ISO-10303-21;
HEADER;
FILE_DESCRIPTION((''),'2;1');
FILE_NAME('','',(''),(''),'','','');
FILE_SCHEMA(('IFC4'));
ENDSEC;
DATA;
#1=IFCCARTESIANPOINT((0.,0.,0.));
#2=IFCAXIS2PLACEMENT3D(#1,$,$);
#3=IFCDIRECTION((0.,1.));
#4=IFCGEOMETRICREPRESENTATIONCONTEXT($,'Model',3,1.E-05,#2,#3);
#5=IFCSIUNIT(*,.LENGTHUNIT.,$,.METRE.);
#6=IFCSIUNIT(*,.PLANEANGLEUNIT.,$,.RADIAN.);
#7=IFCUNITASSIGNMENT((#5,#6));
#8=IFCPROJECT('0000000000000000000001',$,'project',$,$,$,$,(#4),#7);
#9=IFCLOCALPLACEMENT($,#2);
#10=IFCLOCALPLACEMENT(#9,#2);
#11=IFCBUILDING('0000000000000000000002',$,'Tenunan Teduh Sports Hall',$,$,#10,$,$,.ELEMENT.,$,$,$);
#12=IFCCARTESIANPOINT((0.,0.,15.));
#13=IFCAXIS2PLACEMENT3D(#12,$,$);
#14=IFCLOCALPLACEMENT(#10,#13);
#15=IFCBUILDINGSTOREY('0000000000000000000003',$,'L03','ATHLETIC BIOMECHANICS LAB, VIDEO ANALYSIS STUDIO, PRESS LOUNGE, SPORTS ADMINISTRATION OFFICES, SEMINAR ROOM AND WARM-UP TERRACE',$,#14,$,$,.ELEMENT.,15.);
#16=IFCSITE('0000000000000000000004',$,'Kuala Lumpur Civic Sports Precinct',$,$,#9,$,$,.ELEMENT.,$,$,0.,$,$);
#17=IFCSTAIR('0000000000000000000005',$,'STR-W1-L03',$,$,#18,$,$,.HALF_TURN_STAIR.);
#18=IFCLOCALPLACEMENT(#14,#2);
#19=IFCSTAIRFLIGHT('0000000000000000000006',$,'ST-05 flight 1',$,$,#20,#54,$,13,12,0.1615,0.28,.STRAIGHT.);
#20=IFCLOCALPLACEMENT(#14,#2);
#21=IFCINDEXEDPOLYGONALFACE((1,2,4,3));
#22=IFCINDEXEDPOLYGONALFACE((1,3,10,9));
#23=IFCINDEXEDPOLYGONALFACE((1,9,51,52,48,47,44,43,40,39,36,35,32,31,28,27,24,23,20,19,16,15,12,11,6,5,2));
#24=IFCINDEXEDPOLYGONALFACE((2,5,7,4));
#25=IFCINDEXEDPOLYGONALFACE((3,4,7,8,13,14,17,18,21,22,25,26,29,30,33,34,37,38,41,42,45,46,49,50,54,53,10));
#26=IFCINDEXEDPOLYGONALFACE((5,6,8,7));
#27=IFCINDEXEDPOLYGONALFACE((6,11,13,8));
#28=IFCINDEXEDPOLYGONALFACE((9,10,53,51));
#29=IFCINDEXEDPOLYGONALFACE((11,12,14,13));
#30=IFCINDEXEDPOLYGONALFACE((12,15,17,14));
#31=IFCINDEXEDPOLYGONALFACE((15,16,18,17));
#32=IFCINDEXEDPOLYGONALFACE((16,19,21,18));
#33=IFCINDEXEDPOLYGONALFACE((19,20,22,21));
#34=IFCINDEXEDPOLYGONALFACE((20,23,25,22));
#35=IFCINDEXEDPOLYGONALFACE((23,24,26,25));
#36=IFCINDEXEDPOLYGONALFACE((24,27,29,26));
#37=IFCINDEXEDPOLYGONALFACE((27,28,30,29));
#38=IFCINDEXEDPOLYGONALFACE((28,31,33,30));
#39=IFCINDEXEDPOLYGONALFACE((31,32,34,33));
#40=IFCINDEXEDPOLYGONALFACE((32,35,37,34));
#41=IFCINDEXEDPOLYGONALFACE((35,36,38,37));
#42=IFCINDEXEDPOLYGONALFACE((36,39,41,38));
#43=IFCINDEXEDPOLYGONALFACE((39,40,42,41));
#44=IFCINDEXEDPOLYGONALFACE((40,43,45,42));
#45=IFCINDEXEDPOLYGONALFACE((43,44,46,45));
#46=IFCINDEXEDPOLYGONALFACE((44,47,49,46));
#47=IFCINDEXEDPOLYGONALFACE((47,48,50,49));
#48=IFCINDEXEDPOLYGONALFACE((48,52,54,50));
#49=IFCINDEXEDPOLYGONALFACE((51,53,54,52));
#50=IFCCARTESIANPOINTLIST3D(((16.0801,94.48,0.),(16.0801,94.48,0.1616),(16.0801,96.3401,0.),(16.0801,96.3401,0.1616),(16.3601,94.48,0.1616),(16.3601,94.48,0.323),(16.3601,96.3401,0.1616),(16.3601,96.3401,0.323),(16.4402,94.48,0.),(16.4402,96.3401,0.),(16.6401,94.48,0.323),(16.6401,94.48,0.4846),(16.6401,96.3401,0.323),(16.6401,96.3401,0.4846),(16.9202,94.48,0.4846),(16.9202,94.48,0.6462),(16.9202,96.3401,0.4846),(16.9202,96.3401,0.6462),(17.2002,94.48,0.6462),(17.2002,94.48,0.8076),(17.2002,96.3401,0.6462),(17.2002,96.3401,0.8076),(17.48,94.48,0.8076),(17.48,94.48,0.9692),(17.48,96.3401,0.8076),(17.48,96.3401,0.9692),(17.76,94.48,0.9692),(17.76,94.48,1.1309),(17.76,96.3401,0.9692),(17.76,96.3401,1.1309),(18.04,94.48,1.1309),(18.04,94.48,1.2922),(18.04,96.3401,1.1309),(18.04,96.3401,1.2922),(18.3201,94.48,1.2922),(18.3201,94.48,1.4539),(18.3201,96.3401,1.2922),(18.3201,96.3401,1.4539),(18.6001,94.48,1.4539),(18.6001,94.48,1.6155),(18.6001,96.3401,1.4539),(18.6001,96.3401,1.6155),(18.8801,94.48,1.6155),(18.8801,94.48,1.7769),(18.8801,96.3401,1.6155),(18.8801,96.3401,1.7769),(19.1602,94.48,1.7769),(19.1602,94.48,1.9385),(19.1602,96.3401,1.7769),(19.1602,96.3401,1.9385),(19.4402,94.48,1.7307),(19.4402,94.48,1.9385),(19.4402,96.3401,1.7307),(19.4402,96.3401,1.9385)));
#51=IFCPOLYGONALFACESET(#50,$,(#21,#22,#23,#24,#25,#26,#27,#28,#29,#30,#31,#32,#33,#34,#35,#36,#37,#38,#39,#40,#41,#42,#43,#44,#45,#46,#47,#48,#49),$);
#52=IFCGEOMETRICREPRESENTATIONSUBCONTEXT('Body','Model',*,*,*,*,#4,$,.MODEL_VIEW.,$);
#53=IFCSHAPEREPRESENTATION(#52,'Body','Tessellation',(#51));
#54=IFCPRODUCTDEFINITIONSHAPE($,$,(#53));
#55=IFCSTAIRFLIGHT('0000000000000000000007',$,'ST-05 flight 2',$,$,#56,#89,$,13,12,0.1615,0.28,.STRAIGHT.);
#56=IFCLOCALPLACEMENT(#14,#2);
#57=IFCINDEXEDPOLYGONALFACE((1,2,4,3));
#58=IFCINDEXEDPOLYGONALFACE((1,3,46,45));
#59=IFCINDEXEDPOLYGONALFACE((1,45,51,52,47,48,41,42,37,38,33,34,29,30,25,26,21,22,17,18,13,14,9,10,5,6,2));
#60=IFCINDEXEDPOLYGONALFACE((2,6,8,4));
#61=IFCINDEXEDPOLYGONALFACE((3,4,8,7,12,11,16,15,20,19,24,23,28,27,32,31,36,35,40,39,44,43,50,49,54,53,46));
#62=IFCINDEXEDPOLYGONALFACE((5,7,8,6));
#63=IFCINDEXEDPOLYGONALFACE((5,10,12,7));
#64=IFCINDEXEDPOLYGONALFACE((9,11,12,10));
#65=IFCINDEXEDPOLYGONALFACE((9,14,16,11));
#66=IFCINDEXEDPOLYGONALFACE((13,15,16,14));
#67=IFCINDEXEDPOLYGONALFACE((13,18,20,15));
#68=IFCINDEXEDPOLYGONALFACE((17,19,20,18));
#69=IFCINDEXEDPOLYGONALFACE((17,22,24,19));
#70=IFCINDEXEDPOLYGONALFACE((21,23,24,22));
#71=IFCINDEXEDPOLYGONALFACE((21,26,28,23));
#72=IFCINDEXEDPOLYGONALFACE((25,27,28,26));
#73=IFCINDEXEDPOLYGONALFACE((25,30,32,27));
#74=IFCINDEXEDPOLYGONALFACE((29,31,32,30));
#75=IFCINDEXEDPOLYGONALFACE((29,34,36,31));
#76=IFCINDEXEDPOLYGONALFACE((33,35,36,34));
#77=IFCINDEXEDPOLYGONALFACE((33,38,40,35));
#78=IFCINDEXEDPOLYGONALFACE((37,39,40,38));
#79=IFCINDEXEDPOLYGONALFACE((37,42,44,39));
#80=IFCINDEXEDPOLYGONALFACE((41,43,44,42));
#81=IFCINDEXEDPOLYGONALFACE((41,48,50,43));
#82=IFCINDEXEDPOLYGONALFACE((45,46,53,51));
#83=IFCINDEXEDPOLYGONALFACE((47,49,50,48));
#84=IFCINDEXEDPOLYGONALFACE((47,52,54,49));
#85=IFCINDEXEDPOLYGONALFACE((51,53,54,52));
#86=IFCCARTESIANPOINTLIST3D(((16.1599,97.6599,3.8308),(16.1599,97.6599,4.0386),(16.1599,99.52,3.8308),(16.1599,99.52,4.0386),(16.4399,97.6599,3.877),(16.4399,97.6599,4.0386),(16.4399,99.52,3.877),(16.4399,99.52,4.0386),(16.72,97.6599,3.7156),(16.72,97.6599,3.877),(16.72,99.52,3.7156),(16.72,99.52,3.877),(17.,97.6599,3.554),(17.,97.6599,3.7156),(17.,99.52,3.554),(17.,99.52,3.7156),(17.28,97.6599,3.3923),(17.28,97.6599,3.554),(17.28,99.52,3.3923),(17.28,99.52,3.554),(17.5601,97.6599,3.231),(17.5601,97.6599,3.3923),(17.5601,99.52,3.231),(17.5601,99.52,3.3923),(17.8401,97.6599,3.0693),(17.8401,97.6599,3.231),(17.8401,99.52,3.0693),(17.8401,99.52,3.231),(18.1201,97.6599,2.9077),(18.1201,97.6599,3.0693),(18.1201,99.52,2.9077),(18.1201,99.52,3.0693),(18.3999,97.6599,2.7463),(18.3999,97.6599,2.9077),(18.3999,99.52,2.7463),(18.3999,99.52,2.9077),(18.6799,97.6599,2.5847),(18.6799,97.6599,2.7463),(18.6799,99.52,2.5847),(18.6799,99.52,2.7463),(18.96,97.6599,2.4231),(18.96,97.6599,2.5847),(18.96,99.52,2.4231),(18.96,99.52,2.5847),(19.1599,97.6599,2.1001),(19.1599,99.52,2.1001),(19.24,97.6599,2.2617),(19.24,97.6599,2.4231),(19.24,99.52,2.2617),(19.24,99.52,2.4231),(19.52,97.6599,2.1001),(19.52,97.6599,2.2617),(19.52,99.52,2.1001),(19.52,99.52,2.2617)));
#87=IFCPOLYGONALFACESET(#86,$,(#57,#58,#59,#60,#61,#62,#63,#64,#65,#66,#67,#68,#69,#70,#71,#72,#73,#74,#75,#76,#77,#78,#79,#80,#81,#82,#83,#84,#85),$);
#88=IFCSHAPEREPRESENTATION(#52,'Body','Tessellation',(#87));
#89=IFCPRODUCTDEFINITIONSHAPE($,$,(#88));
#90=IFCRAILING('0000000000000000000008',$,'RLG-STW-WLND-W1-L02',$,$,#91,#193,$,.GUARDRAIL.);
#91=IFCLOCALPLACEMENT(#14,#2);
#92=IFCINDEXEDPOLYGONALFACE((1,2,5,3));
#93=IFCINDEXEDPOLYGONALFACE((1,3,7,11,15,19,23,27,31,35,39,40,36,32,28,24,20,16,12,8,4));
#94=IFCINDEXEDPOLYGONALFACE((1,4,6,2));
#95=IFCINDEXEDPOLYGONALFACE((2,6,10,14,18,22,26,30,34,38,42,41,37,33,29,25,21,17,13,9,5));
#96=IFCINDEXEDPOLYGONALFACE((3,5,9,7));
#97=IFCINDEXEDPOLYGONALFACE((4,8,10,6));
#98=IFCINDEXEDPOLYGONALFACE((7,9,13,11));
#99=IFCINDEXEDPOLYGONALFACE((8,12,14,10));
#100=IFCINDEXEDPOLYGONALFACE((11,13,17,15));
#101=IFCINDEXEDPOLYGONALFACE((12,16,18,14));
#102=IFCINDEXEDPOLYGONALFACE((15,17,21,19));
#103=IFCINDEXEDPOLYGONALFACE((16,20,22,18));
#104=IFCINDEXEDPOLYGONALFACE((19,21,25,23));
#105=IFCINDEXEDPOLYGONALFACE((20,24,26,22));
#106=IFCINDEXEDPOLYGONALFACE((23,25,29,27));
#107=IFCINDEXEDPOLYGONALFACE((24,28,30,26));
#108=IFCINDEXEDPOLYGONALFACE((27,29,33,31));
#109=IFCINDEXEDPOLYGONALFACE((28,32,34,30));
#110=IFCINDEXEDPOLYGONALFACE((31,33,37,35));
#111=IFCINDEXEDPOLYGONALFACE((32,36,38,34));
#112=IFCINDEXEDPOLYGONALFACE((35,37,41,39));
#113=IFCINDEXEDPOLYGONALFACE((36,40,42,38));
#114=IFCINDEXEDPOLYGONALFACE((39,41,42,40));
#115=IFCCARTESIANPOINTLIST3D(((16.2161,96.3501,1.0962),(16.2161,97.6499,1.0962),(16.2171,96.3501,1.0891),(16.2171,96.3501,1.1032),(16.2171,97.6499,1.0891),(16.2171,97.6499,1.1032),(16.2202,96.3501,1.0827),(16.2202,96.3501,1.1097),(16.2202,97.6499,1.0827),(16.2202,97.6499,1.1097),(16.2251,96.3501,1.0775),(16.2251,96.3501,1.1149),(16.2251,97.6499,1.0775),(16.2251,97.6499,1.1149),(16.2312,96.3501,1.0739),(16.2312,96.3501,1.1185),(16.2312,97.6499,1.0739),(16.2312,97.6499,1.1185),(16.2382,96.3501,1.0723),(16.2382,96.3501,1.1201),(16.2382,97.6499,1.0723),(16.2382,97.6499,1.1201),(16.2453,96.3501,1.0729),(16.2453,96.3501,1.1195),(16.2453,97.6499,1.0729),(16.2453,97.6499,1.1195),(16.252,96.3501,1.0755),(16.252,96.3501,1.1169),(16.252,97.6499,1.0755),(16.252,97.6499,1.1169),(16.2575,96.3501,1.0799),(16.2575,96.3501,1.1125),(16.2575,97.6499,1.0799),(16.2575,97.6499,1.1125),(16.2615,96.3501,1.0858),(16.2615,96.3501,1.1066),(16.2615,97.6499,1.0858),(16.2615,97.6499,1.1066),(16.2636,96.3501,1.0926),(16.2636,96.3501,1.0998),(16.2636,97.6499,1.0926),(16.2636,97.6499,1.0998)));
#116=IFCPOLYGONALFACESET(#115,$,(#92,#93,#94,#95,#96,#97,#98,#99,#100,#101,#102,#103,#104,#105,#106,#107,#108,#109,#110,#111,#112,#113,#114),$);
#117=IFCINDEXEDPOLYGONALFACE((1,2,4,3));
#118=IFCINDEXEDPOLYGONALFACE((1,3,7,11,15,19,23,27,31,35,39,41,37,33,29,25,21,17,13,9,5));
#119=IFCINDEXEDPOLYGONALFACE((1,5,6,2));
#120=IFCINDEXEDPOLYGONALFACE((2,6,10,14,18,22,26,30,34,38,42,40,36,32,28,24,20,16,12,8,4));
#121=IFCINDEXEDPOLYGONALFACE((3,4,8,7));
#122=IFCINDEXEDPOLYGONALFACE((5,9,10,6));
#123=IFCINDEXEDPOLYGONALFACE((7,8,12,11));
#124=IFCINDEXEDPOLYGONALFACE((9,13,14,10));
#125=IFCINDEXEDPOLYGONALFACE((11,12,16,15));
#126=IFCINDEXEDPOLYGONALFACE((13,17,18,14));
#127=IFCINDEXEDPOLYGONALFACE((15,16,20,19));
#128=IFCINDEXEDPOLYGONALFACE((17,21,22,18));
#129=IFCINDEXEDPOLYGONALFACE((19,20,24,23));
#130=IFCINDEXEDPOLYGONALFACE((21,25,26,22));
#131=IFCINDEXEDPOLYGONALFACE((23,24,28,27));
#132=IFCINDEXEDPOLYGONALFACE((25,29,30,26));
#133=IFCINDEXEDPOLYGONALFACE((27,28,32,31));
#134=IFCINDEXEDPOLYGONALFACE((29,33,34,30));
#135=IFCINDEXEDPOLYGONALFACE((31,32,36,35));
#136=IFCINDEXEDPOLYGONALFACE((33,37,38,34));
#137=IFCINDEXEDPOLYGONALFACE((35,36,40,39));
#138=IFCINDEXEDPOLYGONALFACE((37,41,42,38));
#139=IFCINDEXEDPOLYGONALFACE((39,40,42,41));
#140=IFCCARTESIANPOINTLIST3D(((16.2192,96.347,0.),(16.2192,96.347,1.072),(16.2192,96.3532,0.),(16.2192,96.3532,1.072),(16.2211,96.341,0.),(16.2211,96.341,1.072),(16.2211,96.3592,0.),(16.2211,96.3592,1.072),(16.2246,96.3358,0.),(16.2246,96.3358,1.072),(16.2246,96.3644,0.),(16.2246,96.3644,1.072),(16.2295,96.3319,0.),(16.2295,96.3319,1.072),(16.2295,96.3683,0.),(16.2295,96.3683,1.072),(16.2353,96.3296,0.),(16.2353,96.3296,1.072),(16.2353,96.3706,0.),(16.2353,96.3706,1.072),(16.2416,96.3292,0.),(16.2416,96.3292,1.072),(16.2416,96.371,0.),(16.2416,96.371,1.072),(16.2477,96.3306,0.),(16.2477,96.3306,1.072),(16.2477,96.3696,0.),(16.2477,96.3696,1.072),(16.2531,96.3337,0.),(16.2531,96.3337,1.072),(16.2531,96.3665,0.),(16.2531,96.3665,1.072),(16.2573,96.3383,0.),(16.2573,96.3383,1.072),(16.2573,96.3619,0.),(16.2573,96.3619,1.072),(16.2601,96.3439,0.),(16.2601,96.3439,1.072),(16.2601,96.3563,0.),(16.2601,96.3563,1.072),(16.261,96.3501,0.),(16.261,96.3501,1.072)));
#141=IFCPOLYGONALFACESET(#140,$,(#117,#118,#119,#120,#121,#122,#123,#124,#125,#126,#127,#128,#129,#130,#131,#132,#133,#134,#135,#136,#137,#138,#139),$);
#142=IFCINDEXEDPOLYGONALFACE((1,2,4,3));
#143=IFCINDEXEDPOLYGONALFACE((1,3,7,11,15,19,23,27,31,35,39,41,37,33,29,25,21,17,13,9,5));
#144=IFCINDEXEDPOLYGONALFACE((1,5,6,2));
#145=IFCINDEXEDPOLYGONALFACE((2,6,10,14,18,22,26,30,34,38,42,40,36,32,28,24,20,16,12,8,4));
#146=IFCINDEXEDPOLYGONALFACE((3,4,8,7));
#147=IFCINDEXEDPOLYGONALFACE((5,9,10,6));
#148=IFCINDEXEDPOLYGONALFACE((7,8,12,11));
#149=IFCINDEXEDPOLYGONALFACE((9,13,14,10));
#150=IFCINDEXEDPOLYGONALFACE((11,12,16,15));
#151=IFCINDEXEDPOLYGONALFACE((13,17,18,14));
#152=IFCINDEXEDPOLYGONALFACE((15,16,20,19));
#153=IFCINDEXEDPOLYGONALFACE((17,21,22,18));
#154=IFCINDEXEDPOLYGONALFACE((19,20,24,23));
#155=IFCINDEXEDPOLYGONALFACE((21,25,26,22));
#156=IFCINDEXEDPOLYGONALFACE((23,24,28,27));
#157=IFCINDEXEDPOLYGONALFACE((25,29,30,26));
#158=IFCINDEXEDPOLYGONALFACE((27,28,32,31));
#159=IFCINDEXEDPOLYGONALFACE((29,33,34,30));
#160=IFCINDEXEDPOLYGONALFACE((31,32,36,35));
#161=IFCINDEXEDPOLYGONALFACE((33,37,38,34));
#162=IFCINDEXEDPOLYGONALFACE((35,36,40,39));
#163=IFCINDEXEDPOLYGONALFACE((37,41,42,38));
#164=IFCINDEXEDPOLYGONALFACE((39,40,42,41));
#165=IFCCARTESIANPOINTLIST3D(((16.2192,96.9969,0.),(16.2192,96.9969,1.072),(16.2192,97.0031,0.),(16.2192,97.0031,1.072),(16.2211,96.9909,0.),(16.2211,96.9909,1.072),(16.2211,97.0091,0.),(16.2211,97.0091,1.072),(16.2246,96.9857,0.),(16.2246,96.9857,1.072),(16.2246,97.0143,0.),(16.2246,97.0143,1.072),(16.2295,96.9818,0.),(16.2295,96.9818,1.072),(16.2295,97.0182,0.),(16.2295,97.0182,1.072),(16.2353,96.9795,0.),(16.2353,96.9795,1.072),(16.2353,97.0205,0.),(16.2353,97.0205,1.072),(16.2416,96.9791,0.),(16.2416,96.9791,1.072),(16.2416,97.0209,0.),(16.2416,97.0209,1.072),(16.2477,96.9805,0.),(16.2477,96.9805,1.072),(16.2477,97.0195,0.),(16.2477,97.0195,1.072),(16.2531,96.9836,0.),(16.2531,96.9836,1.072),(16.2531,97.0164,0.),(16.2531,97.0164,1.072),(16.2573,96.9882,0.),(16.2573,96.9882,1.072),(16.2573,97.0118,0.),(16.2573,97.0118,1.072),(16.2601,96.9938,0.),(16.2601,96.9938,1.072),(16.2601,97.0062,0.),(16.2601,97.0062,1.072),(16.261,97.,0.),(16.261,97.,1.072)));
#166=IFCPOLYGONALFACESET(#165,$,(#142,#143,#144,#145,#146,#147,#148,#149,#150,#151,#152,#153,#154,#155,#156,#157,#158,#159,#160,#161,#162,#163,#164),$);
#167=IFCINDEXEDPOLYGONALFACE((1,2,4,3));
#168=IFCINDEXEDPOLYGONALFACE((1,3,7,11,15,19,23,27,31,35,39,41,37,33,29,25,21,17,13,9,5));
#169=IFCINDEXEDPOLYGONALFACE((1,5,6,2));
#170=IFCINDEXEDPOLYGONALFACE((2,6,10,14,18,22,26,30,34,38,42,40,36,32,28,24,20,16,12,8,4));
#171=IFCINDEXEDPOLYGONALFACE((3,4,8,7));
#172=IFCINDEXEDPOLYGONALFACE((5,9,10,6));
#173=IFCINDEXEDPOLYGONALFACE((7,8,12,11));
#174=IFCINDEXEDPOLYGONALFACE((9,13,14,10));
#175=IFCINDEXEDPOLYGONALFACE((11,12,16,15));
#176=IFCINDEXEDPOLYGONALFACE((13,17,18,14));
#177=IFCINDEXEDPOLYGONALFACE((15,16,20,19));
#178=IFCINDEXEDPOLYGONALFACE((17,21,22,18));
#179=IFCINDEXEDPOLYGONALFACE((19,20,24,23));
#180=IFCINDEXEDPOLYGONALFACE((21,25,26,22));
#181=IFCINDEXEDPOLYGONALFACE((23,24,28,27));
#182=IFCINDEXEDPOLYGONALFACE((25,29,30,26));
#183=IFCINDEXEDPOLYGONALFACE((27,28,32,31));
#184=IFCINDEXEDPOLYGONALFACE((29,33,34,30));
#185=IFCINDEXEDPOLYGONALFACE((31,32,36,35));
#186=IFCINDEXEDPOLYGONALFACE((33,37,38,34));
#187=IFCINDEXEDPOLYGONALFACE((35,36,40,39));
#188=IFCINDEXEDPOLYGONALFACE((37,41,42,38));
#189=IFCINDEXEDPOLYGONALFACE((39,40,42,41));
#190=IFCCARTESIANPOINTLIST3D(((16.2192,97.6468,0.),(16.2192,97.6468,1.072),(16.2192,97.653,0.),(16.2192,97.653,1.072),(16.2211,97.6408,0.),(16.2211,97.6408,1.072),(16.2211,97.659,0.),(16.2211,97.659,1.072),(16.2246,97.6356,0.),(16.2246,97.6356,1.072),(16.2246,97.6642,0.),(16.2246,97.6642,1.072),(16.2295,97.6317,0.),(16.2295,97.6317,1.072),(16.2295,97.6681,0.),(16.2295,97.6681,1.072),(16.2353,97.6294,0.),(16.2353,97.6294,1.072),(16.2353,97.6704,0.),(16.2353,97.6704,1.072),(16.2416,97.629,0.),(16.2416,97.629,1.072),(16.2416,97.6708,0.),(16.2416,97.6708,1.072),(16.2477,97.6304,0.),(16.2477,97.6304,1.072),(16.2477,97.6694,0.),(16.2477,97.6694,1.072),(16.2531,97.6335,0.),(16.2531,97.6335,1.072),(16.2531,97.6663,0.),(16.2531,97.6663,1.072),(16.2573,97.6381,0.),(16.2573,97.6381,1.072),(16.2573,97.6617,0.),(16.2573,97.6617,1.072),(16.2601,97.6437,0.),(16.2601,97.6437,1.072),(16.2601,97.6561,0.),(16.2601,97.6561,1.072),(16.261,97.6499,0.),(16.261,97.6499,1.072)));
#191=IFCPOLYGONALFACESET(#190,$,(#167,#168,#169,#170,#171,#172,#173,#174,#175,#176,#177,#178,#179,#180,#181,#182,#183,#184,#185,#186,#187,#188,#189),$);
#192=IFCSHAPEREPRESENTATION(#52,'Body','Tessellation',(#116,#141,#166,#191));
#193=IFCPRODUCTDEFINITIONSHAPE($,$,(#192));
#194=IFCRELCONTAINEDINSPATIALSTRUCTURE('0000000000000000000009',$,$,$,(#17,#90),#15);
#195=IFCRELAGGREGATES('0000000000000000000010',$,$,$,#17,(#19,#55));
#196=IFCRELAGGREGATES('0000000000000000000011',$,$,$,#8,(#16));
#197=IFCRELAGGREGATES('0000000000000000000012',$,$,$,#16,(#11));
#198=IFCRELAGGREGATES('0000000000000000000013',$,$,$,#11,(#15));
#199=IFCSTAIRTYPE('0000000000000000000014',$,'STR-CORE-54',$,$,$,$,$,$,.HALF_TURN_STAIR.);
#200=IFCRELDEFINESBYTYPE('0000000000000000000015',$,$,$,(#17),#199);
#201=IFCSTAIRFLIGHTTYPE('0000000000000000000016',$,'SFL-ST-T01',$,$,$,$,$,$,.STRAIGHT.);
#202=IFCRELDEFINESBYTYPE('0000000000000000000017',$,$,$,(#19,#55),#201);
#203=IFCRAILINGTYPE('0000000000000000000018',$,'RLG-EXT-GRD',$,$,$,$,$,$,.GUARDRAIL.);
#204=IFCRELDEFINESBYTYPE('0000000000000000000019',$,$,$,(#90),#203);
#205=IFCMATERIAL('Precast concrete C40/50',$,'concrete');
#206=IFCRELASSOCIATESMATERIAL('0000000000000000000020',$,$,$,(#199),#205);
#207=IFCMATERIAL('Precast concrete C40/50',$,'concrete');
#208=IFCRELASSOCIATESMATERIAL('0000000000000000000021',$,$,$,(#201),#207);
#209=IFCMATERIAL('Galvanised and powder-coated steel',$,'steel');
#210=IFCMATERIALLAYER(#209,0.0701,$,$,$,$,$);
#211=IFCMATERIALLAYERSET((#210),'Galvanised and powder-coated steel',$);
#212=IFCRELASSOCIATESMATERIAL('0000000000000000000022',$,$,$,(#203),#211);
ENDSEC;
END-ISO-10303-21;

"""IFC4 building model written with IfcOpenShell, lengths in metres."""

from ifc_helpers import new_model, si_unit, direction, frame, origin, origin_2d, place, context, subcontext, project, spatial, polyline, circle, outline, extrude, material, layer, layer_set, type_object, element, aggregate, save


model = new_model("IFC4")

# Units and contexts
model_context = context("Model", 3, precision=1e-05, world=origin(), true_north=direction((0.0, 1.0)))
body_context = subcontext(model_context, "Body", "Model", "MODEL_VIEW")
ifc_project = project(units=[si_unit("LENGTHUNIT", "METRE"), si_unit("PLANEANGLEUNIT", "RADIAN")], contexts=[model_context])

# Site, building, storey
site_placement = place(None, origin())
site = spatial("IfcSite", under=ifc_project, at=site_placement, Name="Kuala Lumpur Civic Sports Precinct", CompositionType="ELEMENT", RefElevation=0.0)
building_placement = place(site_placement, origin())
building = spatial("IfcBuilding", under=site, at=building_placement, Name="Tenunan Teduh Sports Hall", CompositionType="ELEMENT")
storey_placement = place(building_placement, frame((0.0, 0.0, 15.0)))
storey = spatial("IfcBuildingStorey", under=building, at=storey_placement, Name="L03", Description="ATHLETIC BIOMECHANICS LAB, VIDEO ANALYSIS STUDIO, PRESS LOUNGE, SPORTS ADMINISTRATION OFFICES, SEMINAR ROOM AND WARM-UP TERRACE", CompositionType="ELEMENT", Elevation=15.0)

# Stair, stair flights
ifc_material_1 = material(Name="Precast concrete C40/50", Category="concrete")
stair_type = type_object("IfcStairType", Name="STR-CORE-54", PredefinedType="HALF_TURN_STAIR", material=ifc_material_1)
stair_placement = place(storey_placement, origin())
stair = element("IfcStair", 1, at=stair_placement, inside=storey, type_object=stair_type, Name="STR-W1-L03", PredefinedType="HALF_TURN_STAIR")
ifc_material_2 = material(Name="Precast concrete C40/50", Category="concrete")
stair_flight_type = type_object("IfcStairFlightType", Name="SFL-ST-T01", PredefinedType="STRAIGHT", material=ifc_material_2)
stair_flight_1_placement = place(storey_placement, frame((16.0801, 95.4099, 0.0), z_axis=(0.0, 0.0, 1.0), x_axis=(1.0, 0.0, 0.0)))
stair_flight_1 = element("IfcStairFlight", 2, at=stair_flight_1_placement, type_object=stair_flight_type, Name="ST-05 flight 1", NumberOfRisers=13, NumberOfTreads=12, PredefinedType="STRAIGHT", RiserHeight=0.1615, TreadLength=0.28, context=body_context, shape_type="SweptSolid", body=[
    extrude(outline(polyline([(0.0, 0.0), (0.0, 0.1616), (0.28, 0.1616), (0.28, 0.323), (0.5601, 0.323), (0.5601, 0.4846), (0.8401, 0.4846), (0.8401, 0.6462), (1.1201, 0.6462), (1.1201, 0.8076), (1.3999, 0.8076), (1.3999, 0.9692), (1.6799, 0.9692), (1.6799, 1.1309), (1.96, 1.1309), (1.96, 1.2922), (2.24, 1.2922), (2.24, 1.4539), (2.52, 1.4539), (2.52, 1.6155), (2.8, 1.6155), (2.8, 1.7769), (3.0801, 1.7769), (3.0801, 1.9385), (3.3601, 1.9385), (3.3601, 2.1001), (3.3601, 1.7307), (0.3601, 0.0), (0.0, 0.0)])), frame((0.0, 0.9302, 0.0), z_axis=(0.0, -1.0, 0.0), x_axis=(1.0, 0.0, 0.0)), (0.0, 0.0, 1.0), 1.8601),
])
stair_flight_2_placement = place(storey_placement, frame((19.52, 98.5901, 2.1001), z_axis=(0.0, 0.0, 1.0), x_axis=(-1.0, 0.0, 0.0)))
stair_flight_2 = element("IfcStairFlight", 3, at=stair_flight_2_placement, type_object=stair_flight_type, Name="ST-05 flight 2", NumberOfRisers=13, NumberOfTreads=12, PredefinedType="STRAIGHT", RiserHeight=0.1615, TreadLength=0.28, context=body_context, shape_type="SweptSolid", body=[
    extrude(outline(polyline([(0.0, 0.0), (0.0, 0.1616), (0.28, 0.1616), (0.28, 0.323), (0.5601, 0.323), (0.5601, 0.4846), (0.8401, 0.4846), (0.8401, 0.6462), (1.1201, 0.6462), (1.1201, 0.8076), (1.3999, 0.8076), (1.3999, 0.9692), (1.6799, 0.9692), (1.6799, 1.1309), (1.96, 1.1309), (1.96, 1.2922), (2.24, 1.2922), (2.24, 1.4539), (2.52, 1.4539), (2.52, 1.6155), (2.8, 1.6155), (2.8, 1.7769), (3.0801, 1.7769), (3.0801, 1.9385), (3.3601, 1.9385), (3.3601, 2.1001), (3.3601, 1.7307), (0.3601, 0.0), (0.0, 0.0)])), frame((0.0, 0.9302, 0.0), z_axis=(0.0, -1.0, 0.0), x_axis=(1.0, 0.0, 0.0)), (0.0, 0.0, 1.0), 1.8601),
])

# Railing
ifc_material_3 = material(Name="Galvanised and powder-coated steel", Category="steel")
ifc_layer_1 = layer(ifc_material_3, 0.0701)
ifc_layer_set_1 = layer_set([ifc_layer_1], Name="Galvanised and powder-coated steel")
railing_type_1 = type_object("IfcRailingType", Name="RLG-EXT-GRD", PredefinedType="GUARDRAIL", material=ifc_layer_set_1)
railing_1_placement = place(storey_placement, frame((16.24, 96.3501, 0.0)))
element("IfcRailing", 4, at=railing_1_placement, inside=storey, type_object=railing_type_1, Name="RLG-STW-WLND-W1-L02", PredefinedType="GUARDRAIL", context=body_context, shape_type="SweptSolid", body=[
    extrude(circle(Radius=0.0239, at=origin_2d()), frame((0.0, 0.0, 1.0962), z_axis=(0.0, 1.0, 0.0), x_axis=(-1.0, 0.0, 0.0)), (0.0, 0.0, 1.0), 1.2998),
    extrude(circle(Radius=0.021, at=origin_2d()), origin(), (0.0, 0.0, 1.0), 1.072),
    extrude(circle(Radius=0.021, at=origin_2d()), frame((0.0, 0.6499, 0.0)), (0.0, 0.0, 1.0), 1.072),
    extrude(circle(Radius=0.021, at=origin_2d()), frame((0.0, 1.2998, 0.0)), (0.0, 0.0, 1.0), 1.072),
])

aggregate(stair, [stair_flight_1, stair_flight_2])

save(model, "model.ifc")
